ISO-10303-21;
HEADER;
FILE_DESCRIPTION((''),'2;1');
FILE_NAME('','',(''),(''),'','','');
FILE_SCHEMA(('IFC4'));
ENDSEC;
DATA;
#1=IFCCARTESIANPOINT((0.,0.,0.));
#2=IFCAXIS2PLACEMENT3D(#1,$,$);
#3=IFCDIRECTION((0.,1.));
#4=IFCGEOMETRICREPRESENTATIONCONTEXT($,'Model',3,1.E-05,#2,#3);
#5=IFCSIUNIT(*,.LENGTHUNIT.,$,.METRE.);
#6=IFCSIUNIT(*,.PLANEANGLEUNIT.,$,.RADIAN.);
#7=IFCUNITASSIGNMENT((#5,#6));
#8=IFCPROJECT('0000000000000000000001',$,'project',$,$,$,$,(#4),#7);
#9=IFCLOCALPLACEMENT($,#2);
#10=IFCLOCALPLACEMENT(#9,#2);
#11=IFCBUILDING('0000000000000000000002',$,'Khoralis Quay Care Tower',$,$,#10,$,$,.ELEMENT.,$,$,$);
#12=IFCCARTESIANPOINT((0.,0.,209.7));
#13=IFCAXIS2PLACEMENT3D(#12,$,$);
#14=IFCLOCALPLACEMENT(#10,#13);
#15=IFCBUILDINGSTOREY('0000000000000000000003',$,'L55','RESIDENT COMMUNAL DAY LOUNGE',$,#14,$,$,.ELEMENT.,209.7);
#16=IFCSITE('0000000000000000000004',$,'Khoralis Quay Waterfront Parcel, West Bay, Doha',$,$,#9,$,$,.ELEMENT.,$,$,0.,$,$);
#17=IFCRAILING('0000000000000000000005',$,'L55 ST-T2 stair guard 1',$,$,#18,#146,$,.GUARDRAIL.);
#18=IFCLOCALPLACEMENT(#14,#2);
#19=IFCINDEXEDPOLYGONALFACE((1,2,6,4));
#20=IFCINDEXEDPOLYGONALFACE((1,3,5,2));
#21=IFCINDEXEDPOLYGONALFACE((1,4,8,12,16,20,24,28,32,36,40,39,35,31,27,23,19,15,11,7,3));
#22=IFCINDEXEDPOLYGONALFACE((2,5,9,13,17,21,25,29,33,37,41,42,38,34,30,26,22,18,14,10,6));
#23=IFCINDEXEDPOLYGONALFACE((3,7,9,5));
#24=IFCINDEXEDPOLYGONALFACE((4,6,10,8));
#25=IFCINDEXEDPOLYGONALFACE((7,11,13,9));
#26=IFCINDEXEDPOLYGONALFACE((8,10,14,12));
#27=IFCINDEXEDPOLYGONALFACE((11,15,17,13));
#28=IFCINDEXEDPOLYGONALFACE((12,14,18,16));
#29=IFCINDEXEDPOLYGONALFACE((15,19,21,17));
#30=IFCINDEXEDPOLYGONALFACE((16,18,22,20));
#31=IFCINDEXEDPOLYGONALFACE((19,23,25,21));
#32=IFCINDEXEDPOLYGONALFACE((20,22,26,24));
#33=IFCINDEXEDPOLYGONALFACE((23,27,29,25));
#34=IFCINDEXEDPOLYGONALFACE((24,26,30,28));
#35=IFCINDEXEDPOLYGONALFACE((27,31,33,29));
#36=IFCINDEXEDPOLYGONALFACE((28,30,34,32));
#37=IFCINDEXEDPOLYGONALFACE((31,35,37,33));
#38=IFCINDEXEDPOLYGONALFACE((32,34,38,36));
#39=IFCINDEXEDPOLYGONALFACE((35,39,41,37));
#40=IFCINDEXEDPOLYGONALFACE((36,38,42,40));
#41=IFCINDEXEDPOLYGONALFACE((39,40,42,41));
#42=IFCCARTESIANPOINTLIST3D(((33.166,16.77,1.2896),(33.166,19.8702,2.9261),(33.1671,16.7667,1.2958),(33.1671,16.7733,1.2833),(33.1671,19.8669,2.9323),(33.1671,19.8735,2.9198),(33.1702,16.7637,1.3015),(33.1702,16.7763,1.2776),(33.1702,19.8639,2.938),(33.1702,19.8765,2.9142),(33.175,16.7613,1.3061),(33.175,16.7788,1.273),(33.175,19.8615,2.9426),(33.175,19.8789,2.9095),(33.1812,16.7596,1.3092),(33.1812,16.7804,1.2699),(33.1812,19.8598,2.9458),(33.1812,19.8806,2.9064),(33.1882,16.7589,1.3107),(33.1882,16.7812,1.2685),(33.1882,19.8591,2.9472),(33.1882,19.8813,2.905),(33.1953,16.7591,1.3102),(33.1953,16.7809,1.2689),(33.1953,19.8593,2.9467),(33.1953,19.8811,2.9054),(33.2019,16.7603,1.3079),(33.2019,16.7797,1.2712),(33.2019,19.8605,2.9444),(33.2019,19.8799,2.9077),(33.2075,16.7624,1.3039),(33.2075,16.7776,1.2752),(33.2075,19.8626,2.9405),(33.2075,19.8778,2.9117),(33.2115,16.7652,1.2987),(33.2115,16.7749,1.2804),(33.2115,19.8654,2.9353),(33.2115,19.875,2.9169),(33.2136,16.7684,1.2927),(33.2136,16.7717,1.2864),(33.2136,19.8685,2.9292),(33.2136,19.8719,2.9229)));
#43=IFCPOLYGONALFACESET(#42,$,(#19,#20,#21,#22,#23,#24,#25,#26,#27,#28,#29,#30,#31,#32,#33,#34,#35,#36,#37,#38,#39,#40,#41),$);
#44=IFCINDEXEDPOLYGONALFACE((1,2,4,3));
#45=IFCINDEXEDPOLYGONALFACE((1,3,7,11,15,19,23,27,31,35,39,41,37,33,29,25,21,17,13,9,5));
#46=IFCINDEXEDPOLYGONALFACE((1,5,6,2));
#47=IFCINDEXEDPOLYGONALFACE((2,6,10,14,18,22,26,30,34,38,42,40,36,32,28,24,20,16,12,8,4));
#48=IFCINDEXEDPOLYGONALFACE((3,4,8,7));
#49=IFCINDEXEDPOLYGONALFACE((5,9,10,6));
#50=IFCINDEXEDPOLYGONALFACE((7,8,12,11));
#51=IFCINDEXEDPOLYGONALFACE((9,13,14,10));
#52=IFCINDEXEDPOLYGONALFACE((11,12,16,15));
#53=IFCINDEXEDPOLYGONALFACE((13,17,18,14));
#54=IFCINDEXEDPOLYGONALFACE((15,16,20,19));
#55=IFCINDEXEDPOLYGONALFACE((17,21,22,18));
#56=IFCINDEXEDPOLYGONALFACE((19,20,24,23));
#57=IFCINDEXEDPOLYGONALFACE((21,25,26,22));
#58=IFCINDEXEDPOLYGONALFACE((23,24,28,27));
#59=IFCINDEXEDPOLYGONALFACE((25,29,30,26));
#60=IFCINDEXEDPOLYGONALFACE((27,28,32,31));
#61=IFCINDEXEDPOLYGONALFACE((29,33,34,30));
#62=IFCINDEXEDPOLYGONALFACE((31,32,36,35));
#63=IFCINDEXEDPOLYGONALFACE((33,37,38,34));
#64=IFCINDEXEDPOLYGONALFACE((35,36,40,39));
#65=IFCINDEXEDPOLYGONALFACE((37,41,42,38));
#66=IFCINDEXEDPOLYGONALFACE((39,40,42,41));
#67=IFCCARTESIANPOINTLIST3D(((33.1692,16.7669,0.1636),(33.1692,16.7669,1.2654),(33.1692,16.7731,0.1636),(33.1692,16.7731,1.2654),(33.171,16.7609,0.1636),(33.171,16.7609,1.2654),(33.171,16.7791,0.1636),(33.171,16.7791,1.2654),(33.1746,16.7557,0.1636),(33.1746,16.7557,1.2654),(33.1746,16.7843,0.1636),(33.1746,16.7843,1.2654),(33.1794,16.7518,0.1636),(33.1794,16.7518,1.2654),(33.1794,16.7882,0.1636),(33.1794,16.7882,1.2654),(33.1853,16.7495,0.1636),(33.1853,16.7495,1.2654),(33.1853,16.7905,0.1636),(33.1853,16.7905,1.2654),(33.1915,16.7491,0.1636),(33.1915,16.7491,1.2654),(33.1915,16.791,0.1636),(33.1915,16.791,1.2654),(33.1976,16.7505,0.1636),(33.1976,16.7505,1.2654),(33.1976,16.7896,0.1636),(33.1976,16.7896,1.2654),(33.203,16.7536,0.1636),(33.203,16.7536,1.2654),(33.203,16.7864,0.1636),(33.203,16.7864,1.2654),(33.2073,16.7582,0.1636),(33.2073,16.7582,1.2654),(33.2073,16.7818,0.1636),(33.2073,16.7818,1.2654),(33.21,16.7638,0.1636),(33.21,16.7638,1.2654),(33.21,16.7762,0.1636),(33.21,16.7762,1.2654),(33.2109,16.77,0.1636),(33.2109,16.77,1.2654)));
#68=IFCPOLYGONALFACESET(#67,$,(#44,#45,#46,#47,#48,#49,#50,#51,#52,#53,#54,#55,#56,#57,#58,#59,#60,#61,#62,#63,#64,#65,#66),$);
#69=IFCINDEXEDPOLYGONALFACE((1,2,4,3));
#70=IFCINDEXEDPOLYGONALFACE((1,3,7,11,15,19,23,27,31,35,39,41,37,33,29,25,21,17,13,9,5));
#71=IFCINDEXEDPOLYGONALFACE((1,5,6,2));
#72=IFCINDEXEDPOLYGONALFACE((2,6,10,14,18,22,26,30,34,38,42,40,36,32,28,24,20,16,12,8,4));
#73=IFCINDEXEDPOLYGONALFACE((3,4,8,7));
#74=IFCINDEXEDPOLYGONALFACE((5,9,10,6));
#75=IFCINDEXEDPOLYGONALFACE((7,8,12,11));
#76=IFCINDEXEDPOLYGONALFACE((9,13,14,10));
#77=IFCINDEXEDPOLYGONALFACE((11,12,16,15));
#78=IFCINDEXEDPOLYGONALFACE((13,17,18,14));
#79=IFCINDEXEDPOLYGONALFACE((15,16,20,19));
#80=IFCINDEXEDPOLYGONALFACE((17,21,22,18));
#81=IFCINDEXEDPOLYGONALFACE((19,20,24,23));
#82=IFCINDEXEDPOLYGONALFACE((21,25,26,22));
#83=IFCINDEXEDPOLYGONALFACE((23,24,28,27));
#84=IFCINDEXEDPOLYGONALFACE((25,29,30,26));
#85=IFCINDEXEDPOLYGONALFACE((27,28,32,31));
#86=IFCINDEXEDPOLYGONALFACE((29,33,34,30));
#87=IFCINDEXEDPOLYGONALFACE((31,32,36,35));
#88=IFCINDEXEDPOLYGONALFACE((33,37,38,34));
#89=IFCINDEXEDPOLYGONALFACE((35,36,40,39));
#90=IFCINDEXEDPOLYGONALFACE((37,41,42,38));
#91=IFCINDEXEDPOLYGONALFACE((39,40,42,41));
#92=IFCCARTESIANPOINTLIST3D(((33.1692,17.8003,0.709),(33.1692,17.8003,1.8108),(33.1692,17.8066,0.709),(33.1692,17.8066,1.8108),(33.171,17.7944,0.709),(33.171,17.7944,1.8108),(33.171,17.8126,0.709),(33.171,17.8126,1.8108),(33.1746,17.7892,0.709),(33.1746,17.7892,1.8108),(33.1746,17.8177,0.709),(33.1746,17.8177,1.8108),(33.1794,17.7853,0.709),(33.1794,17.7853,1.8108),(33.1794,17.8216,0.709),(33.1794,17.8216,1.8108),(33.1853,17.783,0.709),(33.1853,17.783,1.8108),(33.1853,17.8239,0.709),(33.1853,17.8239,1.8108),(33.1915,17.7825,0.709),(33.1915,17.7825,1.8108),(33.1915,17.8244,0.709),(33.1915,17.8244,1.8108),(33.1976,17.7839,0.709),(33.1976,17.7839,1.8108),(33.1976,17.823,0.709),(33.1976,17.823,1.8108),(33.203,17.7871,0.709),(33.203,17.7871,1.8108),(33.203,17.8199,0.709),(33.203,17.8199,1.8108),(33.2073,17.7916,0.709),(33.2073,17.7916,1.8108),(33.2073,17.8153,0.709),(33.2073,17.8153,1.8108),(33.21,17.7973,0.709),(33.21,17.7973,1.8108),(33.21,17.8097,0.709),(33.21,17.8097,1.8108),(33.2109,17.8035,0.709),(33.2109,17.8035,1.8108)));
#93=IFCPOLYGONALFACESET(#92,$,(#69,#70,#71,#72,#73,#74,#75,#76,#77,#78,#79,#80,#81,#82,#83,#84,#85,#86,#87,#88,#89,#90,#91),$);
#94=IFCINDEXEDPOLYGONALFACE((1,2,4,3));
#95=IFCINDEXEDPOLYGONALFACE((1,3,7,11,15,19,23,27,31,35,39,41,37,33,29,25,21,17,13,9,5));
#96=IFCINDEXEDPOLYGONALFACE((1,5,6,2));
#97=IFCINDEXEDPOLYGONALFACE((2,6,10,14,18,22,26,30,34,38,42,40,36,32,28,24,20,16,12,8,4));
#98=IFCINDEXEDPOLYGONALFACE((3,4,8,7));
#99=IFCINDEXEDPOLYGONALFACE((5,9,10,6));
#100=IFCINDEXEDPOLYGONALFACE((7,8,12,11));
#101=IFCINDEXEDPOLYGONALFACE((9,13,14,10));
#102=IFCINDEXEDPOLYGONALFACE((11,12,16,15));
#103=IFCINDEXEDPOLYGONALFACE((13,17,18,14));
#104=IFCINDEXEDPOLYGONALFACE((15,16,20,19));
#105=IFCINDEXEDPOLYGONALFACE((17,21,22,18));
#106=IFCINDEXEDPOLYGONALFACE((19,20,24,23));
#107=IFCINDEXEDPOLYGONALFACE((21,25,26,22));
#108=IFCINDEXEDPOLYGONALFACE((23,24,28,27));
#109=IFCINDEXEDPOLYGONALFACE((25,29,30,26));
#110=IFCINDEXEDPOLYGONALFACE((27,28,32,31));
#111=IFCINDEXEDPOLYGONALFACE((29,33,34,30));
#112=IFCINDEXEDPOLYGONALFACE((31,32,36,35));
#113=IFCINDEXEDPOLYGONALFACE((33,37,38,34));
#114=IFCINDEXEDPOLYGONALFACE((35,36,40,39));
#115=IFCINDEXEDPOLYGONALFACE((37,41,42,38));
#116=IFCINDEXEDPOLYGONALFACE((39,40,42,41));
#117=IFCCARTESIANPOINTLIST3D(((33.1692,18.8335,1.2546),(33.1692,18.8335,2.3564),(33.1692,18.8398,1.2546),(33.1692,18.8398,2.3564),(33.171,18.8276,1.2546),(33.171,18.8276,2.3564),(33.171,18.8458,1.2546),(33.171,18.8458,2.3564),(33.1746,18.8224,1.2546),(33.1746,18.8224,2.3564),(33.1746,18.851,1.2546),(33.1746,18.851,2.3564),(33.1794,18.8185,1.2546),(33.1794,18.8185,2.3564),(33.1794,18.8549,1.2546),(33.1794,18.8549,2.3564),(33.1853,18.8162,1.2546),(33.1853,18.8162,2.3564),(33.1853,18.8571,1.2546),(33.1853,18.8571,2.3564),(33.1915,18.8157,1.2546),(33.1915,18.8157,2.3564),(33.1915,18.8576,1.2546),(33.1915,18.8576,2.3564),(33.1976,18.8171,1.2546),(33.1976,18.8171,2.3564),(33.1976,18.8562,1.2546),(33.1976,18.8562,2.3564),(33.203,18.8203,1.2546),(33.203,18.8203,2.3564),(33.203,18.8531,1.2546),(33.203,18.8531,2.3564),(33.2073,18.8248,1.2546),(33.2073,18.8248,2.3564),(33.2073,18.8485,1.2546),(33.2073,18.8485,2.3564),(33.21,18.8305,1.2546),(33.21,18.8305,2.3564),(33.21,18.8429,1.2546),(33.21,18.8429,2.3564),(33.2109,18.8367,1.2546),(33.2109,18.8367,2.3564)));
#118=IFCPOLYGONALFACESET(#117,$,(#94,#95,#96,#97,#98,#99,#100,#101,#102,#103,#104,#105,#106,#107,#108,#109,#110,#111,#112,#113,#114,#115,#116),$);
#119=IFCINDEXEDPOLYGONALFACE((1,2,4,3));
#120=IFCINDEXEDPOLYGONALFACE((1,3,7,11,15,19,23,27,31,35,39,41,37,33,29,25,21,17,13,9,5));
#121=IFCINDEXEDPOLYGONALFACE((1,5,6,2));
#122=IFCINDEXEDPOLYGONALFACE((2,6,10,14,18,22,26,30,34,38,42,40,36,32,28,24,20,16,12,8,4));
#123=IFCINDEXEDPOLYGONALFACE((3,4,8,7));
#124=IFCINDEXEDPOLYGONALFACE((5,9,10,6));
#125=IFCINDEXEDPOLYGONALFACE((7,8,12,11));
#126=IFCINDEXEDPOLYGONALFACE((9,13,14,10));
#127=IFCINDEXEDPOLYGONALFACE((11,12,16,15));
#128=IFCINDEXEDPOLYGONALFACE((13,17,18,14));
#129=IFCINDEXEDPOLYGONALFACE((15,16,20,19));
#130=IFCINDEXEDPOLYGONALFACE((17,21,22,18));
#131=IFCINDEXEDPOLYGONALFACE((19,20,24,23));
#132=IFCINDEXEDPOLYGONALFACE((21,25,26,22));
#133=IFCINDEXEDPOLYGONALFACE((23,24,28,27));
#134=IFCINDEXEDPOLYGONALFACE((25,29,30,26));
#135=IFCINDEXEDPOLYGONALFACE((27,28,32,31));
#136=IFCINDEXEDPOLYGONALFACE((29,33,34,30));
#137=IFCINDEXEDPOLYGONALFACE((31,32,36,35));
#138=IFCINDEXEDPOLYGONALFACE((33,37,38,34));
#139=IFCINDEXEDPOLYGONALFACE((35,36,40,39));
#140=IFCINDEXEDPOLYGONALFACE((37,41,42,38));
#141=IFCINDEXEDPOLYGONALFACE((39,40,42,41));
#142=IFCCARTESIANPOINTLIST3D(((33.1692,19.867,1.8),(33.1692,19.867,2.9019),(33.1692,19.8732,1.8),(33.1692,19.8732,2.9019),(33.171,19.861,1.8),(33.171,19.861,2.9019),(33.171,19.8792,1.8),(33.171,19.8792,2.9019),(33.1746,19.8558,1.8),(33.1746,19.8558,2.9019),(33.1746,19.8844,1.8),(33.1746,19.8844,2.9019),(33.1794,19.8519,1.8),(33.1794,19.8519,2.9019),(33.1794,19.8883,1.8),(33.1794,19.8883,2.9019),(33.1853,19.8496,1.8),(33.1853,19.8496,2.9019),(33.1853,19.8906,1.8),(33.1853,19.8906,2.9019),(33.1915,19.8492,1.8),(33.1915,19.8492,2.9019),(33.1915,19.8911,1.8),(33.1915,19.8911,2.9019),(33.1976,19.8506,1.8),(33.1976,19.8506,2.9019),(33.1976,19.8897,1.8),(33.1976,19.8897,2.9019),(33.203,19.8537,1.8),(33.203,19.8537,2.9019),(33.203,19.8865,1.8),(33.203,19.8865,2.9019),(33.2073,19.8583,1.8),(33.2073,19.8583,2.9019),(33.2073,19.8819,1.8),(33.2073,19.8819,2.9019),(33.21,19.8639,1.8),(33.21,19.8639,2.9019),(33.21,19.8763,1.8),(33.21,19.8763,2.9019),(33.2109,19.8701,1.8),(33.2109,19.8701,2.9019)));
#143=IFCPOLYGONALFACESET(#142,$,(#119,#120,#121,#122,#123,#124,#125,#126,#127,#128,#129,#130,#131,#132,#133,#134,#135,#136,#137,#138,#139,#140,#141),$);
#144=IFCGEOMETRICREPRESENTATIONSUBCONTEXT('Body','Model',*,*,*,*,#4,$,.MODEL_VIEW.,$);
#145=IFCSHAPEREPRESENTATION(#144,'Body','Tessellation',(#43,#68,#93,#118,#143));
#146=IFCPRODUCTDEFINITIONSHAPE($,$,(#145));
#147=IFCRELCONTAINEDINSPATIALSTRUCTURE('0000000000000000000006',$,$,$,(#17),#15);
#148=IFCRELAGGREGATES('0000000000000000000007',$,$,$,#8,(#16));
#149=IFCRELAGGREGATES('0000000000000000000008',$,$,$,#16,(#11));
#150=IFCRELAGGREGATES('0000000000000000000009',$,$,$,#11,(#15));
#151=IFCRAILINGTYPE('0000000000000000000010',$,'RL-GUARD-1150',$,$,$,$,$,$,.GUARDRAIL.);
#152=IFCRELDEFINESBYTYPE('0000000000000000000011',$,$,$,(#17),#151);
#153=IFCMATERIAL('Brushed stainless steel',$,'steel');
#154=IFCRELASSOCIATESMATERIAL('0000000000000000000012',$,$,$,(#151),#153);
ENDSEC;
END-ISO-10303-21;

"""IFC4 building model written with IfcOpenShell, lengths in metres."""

from ifc_helpers import new_model, si_unit, direction, frame, origin, origin_2d, place, context, subcontext, project, spatial, circle, extrude, material, type_object, element, save


model = new_model("IFC4")

# Units and contexts
model_context = context("Model", 3, precision=1e-05, world=origin(), true_north=direction((0.0, 1.0)))
body_context = subcontext(model_context, "Body", "Model", "MODEL_VIEW")
ifc_project = project(units=[si_unit("LENGTHUNIT", "METRE"), si_unit("PLANEANGLEUNIT", "RADIAN")], contexts=[model_context])

# Site, building, storey
site_placement = place(None, origin())
site = spatial("IfcSite", under=ifc_project, at=site_placement, Name="Khoralis Quay Waterfront Parcel, West Bay, Doha", CompositionType="ELEMENT", RefElevation=0.0)
building_placement = place(site_placement, origin())
building = spatial("IfcBuilding", under=site, at=building_placement, Name="Khoralis Quay Care Tower", CompositionType="ELEMENT")
storey_placement = place(building_placement, frame((0.0, 0.0, 209.7)))
storey = spatial("IfcBuildingStorey", under=building, at=storey_placement, Name="L55", Description="RESIDENT COMMUNAL DAY LOUNGE", CompositionType="ELEMENT", Elevation=209.7)

# Shared definitions
ifc_material_1 = material(Name="Brushed stainless steel", Category="steel")

# Railing
railing_type_1 = type_object("IfcRailingType", Name="RL-GUARD-1150", PredefinedType="GUARDRAIL", material=ifc_material_1)
railing_1_placement = place(storey_placement, frame((33.1899, 16.77, 0.1636)))
element("IfcRailing", 1, at=railing_1_placement, inside=storey, type_object=railing_type_1, Name="L55 ST-T2 stair guard 1", PredefinedType="GUARDRAIL", context=body_context, shape_type="SweptSolid", body=[
    extrude(circle(Radius=0.0239, at=origin_2d()), frame((0.0, 0.0, 1.126), z_axis=(0.0, 0.884348, 0.466828), x_axis=(-1.0, 0.0, 0.0)), (0.0, 0.0, 1.0), 3.5056),
    extrude(circle(Radius=0.021, at=origin_2d()), origin(), (0.0, 0.0, 1.0), 1.1018),
    extrude(circle(Radius=0.021, at=origin_2d()), frame((0.0, 1.0334, 0.5454)), (0.0, 0.0, 1.0), 1.1018),
    extrude(circle(Radius=0.021, at=origin_2d()), frame((0.0, 2.0667, 1.0911)), (0.0, 0.0, 1.0), 1.1018),
    extrude(circle(Radius=0.021, at=origin_2d()), frame((0.0, 3.1001, 1.6365)), (0.0, 0.0, 1.0), 1.1018),
])

save(model, "model.ifc")
